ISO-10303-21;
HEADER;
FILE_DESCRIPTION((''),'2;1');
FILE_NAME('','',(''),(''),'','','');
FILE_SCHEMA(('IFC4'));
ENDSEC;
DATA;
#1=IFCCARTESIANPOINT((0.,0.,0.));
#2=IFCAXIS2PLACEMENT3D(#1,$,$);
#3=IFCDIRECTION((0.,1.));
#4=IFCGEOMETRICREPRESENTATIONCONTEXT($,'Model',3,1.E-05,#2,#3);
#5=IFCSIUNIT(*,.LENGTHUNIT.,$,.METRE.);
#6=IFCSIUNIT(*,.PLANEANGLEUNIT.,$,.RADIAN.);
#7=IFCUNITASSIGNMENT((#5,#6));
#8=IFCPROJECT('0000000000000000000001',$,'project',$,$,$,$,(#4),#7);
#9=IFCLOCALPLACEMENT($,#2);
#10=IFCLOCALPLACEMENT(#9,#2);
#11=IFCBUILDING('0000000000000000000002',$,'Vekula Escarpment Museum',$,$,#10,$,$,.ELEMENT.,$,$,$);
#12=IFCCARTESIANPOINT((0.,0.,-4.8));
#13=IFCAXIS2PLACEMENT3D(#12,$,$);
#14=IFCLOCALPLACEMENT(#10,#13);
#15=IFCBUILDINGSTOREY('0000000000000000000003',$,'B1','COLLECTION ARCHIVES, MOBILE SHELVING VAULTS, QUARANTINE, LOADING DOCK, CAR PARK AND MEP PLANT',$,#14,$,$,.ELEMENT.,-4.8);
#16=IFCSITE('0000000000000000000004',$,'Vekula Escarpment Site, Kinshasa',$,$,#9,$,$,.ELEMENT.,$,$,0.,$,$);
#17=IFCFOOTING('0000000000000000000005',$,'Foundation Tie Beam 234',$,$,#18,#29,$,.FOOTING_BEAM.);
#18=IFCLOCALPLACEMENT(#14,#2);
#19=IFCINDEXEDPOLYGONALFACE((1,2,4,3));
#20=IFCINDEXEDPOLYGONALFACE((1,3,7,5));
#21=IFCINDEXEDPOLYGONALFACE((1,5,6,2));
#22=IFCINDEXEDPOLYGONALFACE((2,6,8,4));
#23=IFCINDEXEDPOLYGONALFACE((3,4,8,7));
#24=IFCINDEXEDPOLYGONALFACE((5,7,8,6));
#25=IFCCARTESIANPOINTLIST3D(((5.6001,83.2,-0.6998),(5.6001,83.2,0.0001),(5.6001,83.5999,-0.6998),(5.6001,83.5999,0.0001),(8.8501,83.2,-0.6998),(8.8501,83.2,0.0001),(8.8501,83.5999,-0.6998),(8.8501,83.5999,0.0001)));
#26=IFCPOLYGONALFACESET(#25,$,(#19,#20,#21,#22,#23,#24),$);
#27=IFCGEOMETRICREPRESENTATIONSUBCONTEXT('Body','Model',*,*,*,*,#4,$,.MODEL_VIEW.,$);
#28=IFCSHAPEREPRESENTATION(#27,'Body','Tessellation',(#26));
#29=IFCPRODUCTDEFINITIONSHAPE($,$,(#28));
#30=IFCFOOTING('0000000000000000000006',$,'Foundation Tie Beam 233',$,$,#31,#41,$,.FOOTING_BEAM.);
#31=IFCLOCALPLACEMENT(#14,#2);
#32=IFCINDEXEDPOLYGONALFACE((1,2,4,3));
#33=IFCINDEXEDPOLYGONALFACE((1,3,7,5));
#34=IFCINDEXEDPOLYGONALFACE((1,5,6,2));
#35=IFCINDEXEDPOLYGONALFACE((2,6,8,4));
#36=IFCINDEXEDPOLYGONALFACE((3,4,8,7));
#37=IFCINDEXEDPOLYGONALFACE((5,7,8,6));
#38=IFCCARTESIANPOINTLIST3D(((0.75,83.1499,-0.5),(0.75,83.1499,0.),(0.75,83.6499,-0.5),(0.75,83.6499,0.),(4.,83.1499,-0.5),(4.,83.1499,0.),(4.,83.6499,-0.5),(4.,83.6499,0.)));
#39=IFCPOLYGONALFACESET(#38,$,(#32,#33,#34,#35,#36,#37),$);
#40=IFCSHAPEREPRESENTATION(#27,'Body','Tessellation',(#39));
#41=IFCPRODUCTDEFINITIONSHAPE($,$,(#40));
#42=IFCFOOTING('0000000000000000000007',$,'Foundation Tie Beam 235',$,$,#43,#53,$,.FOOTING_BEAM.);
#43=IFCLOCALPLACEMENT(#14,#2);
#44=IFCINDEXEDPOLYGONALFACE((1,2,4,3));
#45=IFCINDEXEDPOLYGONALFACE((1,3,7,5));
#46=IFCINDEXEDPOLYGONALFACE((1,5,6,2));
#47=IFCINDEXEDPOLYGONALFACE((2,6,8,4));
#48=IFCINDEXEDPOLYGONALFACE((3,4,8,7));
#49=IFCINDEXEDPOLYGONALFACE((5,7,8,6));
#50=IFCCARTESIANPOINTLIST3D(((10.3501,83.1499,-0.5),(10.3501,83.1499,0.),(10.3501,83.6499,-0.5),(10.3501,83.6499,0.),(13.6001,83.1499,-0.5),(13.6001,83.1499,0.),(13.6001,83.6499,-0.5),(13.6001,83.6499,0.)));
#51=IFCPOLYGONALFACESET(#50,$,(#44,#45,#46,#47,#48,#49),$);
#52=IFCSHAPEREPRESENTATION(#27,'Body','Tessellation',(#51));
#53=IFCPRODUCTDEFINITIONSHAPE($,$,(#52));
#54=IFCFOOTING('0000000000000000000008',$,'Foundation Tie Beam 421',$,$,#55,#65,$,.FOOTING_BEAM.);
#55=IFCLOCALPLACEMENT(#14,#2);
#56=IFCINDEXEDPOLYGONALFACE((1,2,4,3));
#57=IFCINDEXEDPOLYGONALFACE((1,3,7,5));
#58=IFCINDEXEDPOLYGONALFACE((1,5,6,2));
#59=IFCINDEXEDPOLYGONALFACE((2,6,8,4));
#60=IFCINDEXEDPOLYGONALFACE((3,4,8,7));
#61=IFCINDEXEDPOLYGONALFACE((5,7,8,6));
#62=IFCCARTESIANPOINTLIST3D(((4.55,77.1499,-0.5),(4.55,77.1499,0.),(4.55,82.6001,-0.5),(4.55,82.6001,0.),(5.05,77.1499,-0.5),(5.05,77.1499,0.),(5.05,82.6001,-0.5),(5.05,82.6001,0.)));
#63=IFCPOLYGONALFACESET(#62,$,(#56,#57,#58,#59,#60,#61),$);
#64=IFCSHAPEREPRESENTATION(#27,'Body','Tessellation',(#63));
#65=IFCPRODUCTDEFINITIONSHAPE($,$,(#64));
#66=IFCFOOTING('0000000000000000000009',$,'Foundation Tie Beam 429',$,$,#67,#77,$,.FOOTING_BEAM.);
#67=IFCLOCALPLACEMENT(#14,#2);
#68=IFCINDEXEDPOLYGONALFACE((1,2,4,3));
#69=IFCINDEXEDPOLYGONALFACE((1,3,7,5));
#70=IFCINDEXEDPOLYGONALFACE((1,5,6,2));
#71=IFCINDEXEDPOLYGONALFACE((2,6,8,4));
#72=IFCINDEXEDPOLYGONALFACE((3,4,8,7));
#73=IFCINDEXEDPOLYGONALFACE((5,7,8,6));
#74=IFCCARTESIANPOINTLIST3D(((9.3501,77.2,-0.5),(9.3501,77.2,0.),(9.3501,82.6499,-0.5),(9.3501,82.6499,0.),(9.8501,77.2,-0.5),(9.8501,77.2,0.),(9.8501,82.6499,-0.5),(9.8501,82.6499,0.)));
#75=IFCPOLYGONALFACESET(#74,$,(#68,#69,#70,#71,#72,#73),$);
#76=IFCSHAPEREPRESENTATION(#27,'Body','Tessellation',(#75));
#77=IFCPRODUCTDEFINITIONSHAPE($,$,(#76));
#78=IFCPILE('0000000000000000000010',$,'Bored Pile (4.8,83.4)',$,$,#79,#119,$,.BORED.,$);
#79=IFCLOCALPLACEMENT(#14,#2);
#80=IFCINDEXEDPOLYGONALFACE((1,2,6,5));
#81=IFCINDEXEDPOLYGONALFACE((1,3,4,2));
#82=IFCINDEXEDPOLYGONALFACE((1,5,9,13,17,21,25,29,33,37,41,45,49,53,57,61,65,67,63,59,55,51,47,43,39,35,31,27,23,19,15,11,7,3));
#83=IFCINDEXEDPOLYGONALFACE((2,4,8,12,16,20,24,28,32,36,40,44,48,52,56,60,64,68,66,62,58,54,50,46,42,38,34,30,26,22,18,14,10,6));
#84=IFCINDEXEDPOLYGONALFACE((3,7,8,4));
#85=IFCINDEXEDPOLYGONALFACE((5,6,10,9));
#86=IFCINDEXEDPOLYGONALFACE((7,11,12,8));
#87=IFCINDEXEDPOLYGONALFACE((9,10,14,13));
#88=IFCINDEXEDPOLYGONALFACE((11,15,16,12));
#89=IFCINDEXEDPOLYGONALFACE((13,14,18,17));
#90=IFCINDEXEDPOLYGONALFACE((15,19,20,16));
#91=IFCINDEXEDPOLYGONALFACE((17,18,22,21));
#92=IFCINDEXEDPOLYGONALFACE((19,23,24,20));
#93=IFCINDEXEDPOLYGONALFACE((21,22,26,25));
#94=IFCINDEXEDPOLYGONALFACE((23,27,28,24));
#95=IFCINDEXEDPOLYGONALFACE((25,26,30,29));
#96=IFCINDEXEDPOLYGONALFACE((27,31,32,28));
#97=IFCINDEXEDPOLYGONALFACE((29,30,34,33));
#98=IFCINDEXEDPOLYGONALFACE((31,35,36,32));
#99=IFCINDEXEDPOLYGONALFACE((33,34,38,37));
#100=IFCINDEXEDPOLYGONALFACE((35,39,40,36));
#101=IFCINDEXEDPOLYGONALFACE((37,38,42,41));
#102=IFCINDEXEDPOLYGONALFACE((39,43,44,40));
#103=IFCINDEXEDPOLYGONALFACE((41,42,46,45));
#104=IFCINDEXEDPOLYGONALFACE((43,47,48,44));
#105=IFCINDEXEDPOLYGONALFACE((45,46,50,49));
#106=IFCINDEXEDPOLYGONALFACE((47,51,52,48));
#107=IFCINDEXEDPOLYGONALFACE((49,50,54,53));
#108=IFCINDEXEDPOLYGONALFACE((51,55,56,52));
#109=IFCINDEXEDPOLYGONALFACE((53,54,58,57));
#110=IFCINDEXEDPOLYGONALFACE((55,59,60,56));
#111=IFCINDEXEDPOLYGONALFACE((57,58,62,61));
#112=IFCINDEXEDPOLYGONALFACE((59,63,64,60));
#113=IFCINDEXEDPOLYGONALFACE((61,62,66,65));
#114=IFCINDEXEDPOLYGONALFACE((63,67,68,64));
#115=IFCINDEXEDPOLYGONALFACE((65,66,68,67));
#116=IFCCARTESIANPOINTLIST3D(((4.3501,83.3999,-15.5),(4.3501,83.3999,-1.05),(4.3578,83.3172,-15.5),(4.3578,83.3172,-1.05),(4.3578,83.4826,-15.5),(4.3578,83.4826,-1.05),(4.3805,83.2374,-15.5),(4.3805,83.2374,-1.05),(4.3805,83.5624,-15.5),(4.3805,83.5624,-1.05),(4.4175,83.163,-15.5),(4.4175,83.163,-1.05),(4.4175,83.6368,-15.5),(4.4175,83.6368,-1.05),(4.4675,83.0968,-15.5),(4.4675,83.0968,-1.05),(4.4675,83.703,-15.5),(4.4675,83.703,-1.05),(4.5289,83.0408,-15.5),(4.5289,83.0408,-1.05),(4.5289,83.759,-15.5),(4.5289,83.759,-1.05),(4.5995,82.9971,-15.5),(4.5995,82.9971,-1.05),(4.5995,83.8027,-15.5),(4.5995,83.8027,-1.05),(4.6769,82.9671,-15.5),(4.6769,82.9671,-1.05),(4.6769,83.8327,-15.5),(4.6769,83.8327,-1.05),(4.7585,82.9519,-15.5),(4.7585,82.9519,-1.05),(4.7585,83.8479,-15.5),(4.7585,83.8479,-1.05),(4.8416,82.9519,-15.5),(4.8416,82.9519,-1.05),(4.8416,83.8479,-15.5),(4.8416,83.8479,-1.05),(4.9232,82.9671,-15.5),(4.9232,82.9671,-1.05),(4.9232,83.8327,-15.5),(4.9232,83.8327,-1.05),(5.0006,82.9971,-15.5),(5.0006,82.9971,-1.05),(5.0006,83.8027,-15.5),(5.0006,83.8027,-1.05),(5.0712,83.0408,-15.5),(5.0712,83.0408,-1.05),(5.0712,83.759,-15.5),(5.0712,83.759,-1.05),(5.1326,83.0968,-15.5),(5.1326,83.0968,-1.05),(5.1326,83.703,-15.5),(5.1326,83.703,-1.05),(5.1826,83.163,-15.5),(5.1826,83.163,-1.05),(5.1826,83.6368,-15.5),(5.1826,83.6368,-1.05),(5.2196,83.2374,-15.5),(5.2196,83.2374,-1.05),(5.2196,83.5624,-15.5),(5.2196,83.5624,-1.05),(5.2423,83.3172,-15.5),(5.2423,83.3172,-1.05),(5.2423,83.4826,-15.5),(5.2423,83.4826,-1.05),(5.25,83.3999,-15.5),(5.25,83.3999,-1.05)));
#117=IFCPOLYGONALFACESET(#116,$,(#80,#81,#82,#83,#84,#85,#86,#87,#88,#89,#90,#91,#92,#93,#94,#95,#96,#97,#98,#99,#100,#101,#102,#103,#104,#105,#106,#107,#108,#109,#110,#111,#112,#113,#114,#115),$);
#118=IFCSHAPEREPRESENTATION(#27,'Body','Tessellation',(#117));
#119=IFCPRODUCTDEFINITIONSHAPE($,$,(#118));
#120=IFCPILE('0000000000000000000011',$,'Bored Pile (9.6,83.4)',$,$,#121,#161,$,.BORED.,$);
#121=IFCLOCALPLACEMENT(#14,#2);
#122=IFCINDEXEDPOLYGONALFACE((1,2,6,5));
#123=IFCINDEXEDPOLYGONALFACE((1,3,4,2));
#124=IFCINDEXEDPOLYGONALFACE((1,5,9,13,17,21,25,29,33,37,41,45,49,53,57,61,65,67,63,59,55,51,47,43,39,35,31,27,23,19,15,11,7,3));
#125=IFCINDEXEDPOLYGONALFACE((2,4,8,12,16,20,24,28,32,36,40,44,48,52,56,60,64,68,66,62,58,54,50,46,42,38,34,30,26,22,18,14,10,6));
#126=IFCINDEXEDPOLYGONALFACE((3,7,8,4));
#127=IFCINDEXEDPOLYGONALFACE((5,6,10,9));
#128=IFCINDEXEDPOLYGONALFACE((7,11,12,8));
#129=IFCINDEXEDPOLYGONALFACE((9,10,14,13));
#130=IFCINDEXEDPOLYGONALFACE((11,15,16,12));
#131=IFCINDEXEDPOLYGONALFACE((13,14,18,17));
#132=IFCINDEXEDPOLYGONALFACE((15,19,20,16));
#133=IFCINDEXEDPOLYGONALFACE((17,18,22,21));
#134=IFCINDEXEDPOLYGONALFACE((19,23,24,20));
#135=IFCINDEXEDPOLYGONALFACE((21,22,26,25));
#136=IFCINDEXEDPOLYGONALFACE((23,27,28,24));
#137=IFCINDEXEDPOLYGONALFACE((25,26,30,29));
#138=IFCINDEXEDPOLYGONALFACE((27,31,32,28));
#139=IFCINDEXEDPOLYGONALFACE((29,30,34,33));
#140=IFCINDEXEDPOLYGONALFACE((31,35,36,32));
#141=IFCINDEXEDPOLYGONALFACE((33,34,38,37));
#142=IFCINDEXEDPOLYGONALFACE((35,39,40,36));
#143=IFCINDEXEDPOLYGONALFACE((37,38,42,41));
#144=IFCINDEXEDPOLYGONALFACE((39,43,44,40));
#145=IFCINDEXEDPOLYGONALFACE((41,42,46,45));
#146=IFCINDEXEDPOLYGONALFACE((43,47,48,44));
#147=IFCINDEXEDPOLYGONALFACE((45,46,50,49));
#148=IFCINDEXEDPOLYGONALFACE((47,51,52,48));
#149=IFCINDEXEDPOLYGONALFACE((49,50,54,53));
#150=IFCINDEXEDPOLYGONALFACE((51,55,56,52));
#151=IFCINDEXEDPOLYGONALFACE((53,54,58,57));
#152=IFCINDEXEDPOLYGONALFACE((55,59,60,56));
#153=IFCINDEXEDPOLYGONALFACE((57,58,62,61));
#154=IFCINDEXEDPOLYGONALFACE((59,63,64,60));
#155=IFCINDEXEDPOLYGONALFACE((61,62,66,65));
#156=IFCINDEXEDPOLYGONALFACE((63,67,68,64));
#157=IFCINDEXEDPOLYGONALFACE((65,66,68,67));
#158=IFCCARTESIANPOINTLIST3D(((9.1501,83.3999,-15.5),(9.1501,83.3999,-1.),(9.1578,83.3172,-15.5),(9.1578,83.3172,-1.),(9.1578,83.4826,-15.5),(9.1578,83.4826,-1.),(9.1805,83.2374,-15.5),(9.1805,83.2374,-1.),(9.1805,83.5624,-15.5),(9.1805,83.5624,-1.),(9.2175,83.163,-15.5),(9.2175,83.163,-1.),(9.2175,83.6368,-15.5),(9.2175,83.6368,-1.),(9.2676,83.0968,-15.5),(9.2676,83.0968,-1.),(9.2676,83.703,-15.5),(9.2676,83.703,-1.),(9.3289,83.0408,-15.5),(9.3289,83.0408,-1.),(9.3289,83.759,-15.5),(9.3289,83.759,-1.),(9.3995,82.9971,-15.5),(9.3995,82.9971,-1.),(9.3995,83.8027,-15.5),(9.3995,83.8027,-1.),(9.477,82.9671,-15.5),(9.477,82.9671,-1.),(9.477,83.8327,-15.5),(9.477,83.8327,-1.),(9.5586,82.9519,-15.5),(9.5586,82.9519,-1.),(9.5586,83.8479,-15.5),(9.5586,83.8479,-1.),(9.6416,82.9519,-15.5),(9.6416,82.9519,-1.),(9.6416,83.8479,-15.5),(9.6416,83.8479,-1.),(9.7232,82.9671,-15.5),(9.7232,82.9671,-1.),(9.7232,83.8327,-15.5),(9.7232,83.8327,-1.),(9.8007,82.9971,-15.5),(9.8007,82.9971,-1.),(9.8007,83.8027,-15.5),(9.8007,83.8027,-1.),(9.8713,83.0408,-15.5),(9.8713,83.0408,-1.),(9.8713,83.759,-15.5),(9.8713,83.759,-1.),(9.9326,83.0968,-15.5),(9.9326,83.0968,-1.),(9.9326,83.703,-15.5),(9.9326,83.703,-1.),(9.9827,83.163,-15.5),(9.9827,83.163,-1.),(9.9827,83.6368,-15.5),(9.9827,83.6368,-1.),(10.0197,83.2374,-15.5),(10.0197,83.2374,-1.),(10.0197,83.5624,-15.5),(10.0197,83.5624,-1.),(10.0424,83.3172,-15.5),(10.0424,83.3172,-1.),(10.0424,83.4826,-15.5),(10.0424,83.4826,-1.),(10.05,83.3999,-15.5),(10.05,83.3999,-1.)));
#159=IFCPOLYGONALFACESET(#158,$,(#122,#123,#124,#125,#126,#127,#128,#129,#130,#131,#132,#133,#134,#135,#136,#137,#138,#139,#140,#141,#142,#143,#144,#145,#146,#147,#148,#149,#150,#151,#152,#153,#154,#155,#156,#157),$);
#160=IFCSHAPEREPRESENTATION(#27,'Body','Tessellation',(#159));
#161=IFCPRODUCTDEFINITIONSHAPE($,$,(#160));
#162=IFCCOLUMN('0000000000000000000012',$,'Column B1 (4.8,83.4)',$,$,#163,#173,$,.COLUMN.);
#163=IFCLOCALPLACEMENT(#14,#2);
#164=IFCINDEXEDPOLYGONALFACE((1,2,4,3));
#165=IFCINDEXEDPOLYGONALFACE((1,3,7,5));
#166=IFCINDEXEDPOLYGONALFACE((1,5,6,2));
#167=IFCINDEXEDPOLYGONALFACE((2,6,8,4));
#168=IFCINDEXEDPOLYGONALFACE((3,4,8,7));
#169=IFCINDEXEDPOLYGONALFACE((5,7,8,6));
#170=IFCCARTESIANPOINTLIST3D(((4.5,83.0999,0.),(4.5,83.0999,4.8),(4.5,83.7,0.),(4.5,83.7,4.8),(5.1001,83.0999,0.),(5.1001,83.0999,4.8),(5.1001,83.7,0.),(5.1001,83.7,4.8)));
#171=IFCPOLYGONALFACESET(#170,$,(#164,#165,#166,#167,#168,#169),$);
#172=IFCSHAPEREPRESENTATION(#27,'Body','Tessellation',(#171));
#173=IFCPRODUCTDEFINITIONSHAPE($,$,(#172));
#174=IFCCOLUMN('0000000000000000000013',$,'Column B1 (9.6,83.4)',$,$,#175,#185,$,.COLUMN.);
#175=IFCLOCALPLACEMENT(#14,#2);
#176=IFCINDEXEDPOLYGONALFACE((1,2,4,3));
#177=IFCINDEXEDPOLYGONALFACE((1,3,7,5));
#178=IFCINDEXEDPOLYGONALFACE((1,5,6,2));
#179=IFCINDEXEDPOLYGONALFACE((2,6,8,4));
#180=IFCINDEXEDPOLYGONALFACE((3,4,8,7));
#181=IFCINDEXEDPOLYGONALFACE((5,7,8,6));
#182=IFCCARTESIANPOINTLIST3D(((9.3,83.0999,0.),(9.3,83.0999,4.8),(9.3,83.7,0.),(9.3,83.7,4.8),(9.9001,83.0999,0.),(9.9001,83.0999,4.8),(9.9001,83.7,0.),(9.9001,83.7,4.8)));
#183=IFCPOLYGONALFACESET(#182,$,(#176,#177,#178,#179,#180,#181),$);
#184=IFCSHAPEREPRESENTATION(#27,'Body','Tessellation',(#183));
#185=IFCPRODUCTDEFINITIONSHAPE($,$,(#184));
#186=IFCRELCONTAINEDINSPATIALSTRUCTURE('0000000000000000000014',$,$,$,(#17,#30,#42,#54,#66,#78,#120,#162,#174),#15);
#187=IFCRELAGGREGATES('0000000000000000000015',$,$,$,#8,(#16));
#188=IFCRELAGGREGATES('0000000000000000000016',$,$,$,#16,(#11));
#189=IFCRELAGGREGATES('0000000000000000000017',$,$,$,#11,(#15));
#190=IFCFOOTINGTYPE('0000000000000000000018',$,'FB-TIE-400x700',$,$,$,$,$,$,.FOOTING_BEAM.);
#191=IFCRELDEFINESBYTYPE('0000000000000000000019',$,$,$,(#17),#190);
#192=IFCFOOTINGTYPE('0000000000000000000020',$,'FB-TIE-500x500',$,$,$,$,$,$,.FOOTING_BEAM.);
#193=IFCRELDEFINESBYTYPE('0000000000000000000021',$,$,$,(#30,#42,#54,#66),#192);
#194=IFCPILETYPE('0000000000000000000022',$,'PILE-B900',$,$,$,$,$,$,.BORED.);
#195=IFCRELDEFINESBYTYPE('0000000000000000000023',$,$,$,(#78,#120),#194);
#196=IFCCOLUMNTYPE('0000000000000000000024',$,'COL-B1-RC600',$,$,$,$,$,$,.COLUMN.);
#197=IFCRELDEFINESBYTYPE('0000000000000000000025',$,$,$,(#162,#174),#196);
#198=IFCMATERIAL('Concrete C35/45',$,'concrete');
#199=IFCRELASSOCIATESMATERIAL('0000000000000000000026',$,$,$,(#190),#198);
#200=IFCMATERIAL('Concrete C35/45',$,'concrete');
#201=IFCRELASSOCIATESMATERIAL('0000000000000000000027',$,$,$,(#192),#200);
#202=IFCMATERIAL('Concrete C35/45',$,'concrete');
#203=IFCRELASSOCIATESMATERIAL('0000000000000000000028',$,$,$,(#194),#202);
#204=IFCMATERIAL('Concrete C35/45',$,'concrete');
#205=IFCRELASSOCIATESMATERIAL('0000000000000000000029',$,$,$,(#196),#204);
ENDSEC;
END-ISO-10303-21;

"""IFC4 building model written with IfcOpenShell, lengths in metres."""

from ifc_helpers import new_model, si_unit, direction, frame, origin, origin_2d, place, context, subcontext, project, spatial, rectangle, circle, extrude, material, material_profile, profile_set, type_object, element, save


model = new_model("IFC4")

# Units and contexts
model_context = context("Model", 3, precision=1e-05, world=origin(), true_north=direction((0.0, 1.0)))
body_context = subcontext(model_context, "Body", "Model", "MODEL_VIEW")
ifc_project = project(units=[si_unit("LENGTHUNIT", "METRE"), si_unit("PLANEANGLEUNIT", "RADIAN")], contexts=[model_context])

# Site, building, storey
site_placement = place(None, origin())
site = spatial("IfcSite", under=ifc_project, at=site_placement, Name="Vekula Escarpment Site, Kinshasa", CompositionType="ELEMENT", RefElevation=0.0)
building_placement = place(site_placement, origin())
building = spatial("IfcBuilding", under=site, at=building_placement, Name="Vekula Escarpment Museum", CompositionType="ELEMENT")
storey_placement = place(building_placement, frame((0.0, 0.0, -4.8)))
storey = spatial("IfcBuildingStorey", under=building, at=storey_placement, Name="B1", Description="COLLECTION ARCHIVES, MOBILE SHELVING VAULTS, QUARANTINE, LOADING DOCK, CAR PARK AND MEP PLANT", CompositionType="ELEMENT", Elevation=-4.8)

# Footings
ifc_material_1 = material(Name="Concrete C35/45", Category="concrete")
ifc_material_profile_1 = material_profile(ifc_material_1, rectangle(XDim=0.3999, YDim=0.7, at=origin_2d()), Name="RC 400x700")
ifc_profile_set_1 = profile_set([ifc_material_profile_1], Name="Concrete C35/45")
footing_type_1 = type_object("IfcFootingType", Name="FB-TIE-400x700", PredefinedType="FOOTING_BEAM", material=ifc_profile_set_1)
footing_1_placement = place(storey_placement, frame((5.6001, 83.3999, -0.3499), z_axis=(1.0, 0.0, 0.0), x_axis=(0.0, 1.0, 0.0)))
element("IfcFooting", 1, at=footing_1_placement, inside=storey, type_object=footing_type_1, Name="Foundation Tie Beam 234", PredefinedType="FOOTING_BEAM", context=body_context, shape_type="SweptSolid", body=[
    extrude(rectangle(XDim=0.3999, YDim=0.7, at=origin_2d()), origin(), (0.0, 0.0, 1.0), 3.25),
])
ifc_material_2 = material(Name="Concrete C35/45", Category="concrete")
ifc_material_profile_2 = material_profile(ifc_material_2, rectangle(XDim=0.5, YDim=0.5, at=origin_2d()), Name="RC 500x500")
ifc_profile_set_2 = profile_set([ifc_material_profile_2], Name="Concrete C35/45")
footing_type_2 = type_object("IfcFootingType", Name="FB-TIE-500x500", PredefinedType="FOOTING_BEAM", material=ifc_profile_set_2)
for number, where, z_axis, x_axis, name in (
    (2, (0.75, 83.3999, -0.25), (1.0, 0.0, 0.0), (0.0, 1.0, 0.0), "Foundation Tie Beam 233"),
    (3, (10.3501, 83.3999, -0.25), (1.0, 0.0, 0.0), (0.0, 1.0, 0.0), "Foundation Tie Beam 235"),
):
    element("IfcFooting", number, at=place(storey_placement, frame(where, z_axis=z_axis, x_axis=x_axis)), inside=storey, type_object=footing_type_2, Name=name, PredefinedType="FOOTING_BEAM", context=body_context, shape_type="SweptSolid", body=[
        extrude(rectangle(XDim=0.5, YDim=0.5, at=origin_2d()), origin(), (0.0, 0.0, 1.0), 3.25),
    ])
footing_2_placement = place(storey_placement, frame((4.8, 77.1499, -0.25), z_axis=(0.0, 1.0, 0.0), x_axis=(-1.0, 0.0, 0.0)))
element("IfcFooting", 4, at=footing_2_placement, inside=storey, type_object=footing_type_2, Name="Foundation Tie Beam 421", PredefinedType="FOOTING_BEAM", context=body_context, shape_type="SweptSolid", body=[
    extrude(rectangle(XDim=0.5, YDim=0.5, at=origin_2d()), origin(), (0.0, 0.0, 1.0), 5.4502),
])
footing_3_placement = place(storey_placement, frame((9.6001, 77.2, -0.25), z_axis=(0.0, 1.0, 0.0), x_axis=(-1.0, 0.0, 0.0)))
element("IfcFooting", 5, at=footing_3_placement, inside=storey, type_object=footing_type_2, Name="Foundation Tie Beam 429", PredefinedType="FOOTING_BEAM", context=body_context, shape_type="SweptSolid", body=[
    extrude(rectangle(XDim=0.5, YDim=0.5, at=origin_2d()), origin(), (0.0, 0.0, 1.0), 5.45),
])

# Piles
ifc_material_3 = material(Name="Concrete C35/45", Category="concrete")
ifc_material_profile_3 = material_profile(ifc_material_3, circle(Radius=0.45, at=origin_2d()), Name="BORED PILE 900")
ifc_profile_set_3 = profile_set([ifc_material_profile_3], Name="Concrete C35/45")
pile_type = type_object("IfcPileType", Name="PILE-B900", PredefinedType="BORED", material=ifc_profile_set_3)
pile_1_placement = place(storey_placement, frame((4.8, 83.3999, -1.05), z_axis=(0.0, 0.0, -1.0), x_axis=(1.0, 0.0, 0.0)))
element("IfcPile", 6, at=pile_1_placement, inside=storey, type_object=pile_type, Name="Bored Pile (4.8,83.4)", PredefinedType="BORED", context=body_context, shape_type="SweptSolid", body=[
    extrude(circle(Radius=0.45, at=origin_2d()), origin(), (0.0, 0.0, 1.0), 14.45),
])
pile_2_placement = place(storey_placement, frame((9.6001, 83.3999, -1.0), z_axis=(0.0, 0.0, -1.0), x_axis=(1.0, 0.0, 0.0)))
element("IfcPile", 7, at=pile_2_placement, inside=storey, type_object=pile_type, Name="Bored Pile (9.6,83.4)", PredefinedType="BORED", context=body_context, shape_type="SweptSolid", body=[
    extrude(circle(Radius=0.45, at=origin_2d()), origin(), (0.0, 0.0, 1.0), 14.5),
])

# Columns
ifc_material_4 = material(Name="Concrete C35/45", Category="concrete")
ifc_material_profile_4 = material_profile(ifc_material_4, rectangle(XDim=0.6001, YDim=0.6001, at=origin_2d()), Name="RC 600x600")
ifc_profile_set_4 = profile_set([ifc_material_profile_4], Name="Concrete C35/45")
column_type = type_object("IfcColumnType", Name="COL-B1-RC600", PredefinedType="COLUMN", material=ifc_profile_set_4)
for number, where, z_axis, x_axis, name in (
    (8, (4.8, 83.3999, 0.0), (0.0, 0.0, 1.0), (1.0, 0.0, 0.0), "Column B1 (4.8,83.4)"),
    (9, (9.6001, 83.3999, 0.0), (0.0, 0.0, 1.0), (1.0, 0.0, 0.0), "Column B1 (9.6,83.4)"),
):
    element("IfcColumn", number, at=place(storey_placement, frame(where, z_axis=z_axis, x_axis=x_axis)), inside=storey, type_object=column_type, Name=name, PredefinedType="COLUMN", context=body_context, shape_type="SweptSolid", body=[
        extrude(rectangle(XDim=0.6001, YDim=0.6001, at=origin_2d()), origin(), (0.0, 0.0, 1.0), 4.8),
    ])

save(model, "model.ifc")
